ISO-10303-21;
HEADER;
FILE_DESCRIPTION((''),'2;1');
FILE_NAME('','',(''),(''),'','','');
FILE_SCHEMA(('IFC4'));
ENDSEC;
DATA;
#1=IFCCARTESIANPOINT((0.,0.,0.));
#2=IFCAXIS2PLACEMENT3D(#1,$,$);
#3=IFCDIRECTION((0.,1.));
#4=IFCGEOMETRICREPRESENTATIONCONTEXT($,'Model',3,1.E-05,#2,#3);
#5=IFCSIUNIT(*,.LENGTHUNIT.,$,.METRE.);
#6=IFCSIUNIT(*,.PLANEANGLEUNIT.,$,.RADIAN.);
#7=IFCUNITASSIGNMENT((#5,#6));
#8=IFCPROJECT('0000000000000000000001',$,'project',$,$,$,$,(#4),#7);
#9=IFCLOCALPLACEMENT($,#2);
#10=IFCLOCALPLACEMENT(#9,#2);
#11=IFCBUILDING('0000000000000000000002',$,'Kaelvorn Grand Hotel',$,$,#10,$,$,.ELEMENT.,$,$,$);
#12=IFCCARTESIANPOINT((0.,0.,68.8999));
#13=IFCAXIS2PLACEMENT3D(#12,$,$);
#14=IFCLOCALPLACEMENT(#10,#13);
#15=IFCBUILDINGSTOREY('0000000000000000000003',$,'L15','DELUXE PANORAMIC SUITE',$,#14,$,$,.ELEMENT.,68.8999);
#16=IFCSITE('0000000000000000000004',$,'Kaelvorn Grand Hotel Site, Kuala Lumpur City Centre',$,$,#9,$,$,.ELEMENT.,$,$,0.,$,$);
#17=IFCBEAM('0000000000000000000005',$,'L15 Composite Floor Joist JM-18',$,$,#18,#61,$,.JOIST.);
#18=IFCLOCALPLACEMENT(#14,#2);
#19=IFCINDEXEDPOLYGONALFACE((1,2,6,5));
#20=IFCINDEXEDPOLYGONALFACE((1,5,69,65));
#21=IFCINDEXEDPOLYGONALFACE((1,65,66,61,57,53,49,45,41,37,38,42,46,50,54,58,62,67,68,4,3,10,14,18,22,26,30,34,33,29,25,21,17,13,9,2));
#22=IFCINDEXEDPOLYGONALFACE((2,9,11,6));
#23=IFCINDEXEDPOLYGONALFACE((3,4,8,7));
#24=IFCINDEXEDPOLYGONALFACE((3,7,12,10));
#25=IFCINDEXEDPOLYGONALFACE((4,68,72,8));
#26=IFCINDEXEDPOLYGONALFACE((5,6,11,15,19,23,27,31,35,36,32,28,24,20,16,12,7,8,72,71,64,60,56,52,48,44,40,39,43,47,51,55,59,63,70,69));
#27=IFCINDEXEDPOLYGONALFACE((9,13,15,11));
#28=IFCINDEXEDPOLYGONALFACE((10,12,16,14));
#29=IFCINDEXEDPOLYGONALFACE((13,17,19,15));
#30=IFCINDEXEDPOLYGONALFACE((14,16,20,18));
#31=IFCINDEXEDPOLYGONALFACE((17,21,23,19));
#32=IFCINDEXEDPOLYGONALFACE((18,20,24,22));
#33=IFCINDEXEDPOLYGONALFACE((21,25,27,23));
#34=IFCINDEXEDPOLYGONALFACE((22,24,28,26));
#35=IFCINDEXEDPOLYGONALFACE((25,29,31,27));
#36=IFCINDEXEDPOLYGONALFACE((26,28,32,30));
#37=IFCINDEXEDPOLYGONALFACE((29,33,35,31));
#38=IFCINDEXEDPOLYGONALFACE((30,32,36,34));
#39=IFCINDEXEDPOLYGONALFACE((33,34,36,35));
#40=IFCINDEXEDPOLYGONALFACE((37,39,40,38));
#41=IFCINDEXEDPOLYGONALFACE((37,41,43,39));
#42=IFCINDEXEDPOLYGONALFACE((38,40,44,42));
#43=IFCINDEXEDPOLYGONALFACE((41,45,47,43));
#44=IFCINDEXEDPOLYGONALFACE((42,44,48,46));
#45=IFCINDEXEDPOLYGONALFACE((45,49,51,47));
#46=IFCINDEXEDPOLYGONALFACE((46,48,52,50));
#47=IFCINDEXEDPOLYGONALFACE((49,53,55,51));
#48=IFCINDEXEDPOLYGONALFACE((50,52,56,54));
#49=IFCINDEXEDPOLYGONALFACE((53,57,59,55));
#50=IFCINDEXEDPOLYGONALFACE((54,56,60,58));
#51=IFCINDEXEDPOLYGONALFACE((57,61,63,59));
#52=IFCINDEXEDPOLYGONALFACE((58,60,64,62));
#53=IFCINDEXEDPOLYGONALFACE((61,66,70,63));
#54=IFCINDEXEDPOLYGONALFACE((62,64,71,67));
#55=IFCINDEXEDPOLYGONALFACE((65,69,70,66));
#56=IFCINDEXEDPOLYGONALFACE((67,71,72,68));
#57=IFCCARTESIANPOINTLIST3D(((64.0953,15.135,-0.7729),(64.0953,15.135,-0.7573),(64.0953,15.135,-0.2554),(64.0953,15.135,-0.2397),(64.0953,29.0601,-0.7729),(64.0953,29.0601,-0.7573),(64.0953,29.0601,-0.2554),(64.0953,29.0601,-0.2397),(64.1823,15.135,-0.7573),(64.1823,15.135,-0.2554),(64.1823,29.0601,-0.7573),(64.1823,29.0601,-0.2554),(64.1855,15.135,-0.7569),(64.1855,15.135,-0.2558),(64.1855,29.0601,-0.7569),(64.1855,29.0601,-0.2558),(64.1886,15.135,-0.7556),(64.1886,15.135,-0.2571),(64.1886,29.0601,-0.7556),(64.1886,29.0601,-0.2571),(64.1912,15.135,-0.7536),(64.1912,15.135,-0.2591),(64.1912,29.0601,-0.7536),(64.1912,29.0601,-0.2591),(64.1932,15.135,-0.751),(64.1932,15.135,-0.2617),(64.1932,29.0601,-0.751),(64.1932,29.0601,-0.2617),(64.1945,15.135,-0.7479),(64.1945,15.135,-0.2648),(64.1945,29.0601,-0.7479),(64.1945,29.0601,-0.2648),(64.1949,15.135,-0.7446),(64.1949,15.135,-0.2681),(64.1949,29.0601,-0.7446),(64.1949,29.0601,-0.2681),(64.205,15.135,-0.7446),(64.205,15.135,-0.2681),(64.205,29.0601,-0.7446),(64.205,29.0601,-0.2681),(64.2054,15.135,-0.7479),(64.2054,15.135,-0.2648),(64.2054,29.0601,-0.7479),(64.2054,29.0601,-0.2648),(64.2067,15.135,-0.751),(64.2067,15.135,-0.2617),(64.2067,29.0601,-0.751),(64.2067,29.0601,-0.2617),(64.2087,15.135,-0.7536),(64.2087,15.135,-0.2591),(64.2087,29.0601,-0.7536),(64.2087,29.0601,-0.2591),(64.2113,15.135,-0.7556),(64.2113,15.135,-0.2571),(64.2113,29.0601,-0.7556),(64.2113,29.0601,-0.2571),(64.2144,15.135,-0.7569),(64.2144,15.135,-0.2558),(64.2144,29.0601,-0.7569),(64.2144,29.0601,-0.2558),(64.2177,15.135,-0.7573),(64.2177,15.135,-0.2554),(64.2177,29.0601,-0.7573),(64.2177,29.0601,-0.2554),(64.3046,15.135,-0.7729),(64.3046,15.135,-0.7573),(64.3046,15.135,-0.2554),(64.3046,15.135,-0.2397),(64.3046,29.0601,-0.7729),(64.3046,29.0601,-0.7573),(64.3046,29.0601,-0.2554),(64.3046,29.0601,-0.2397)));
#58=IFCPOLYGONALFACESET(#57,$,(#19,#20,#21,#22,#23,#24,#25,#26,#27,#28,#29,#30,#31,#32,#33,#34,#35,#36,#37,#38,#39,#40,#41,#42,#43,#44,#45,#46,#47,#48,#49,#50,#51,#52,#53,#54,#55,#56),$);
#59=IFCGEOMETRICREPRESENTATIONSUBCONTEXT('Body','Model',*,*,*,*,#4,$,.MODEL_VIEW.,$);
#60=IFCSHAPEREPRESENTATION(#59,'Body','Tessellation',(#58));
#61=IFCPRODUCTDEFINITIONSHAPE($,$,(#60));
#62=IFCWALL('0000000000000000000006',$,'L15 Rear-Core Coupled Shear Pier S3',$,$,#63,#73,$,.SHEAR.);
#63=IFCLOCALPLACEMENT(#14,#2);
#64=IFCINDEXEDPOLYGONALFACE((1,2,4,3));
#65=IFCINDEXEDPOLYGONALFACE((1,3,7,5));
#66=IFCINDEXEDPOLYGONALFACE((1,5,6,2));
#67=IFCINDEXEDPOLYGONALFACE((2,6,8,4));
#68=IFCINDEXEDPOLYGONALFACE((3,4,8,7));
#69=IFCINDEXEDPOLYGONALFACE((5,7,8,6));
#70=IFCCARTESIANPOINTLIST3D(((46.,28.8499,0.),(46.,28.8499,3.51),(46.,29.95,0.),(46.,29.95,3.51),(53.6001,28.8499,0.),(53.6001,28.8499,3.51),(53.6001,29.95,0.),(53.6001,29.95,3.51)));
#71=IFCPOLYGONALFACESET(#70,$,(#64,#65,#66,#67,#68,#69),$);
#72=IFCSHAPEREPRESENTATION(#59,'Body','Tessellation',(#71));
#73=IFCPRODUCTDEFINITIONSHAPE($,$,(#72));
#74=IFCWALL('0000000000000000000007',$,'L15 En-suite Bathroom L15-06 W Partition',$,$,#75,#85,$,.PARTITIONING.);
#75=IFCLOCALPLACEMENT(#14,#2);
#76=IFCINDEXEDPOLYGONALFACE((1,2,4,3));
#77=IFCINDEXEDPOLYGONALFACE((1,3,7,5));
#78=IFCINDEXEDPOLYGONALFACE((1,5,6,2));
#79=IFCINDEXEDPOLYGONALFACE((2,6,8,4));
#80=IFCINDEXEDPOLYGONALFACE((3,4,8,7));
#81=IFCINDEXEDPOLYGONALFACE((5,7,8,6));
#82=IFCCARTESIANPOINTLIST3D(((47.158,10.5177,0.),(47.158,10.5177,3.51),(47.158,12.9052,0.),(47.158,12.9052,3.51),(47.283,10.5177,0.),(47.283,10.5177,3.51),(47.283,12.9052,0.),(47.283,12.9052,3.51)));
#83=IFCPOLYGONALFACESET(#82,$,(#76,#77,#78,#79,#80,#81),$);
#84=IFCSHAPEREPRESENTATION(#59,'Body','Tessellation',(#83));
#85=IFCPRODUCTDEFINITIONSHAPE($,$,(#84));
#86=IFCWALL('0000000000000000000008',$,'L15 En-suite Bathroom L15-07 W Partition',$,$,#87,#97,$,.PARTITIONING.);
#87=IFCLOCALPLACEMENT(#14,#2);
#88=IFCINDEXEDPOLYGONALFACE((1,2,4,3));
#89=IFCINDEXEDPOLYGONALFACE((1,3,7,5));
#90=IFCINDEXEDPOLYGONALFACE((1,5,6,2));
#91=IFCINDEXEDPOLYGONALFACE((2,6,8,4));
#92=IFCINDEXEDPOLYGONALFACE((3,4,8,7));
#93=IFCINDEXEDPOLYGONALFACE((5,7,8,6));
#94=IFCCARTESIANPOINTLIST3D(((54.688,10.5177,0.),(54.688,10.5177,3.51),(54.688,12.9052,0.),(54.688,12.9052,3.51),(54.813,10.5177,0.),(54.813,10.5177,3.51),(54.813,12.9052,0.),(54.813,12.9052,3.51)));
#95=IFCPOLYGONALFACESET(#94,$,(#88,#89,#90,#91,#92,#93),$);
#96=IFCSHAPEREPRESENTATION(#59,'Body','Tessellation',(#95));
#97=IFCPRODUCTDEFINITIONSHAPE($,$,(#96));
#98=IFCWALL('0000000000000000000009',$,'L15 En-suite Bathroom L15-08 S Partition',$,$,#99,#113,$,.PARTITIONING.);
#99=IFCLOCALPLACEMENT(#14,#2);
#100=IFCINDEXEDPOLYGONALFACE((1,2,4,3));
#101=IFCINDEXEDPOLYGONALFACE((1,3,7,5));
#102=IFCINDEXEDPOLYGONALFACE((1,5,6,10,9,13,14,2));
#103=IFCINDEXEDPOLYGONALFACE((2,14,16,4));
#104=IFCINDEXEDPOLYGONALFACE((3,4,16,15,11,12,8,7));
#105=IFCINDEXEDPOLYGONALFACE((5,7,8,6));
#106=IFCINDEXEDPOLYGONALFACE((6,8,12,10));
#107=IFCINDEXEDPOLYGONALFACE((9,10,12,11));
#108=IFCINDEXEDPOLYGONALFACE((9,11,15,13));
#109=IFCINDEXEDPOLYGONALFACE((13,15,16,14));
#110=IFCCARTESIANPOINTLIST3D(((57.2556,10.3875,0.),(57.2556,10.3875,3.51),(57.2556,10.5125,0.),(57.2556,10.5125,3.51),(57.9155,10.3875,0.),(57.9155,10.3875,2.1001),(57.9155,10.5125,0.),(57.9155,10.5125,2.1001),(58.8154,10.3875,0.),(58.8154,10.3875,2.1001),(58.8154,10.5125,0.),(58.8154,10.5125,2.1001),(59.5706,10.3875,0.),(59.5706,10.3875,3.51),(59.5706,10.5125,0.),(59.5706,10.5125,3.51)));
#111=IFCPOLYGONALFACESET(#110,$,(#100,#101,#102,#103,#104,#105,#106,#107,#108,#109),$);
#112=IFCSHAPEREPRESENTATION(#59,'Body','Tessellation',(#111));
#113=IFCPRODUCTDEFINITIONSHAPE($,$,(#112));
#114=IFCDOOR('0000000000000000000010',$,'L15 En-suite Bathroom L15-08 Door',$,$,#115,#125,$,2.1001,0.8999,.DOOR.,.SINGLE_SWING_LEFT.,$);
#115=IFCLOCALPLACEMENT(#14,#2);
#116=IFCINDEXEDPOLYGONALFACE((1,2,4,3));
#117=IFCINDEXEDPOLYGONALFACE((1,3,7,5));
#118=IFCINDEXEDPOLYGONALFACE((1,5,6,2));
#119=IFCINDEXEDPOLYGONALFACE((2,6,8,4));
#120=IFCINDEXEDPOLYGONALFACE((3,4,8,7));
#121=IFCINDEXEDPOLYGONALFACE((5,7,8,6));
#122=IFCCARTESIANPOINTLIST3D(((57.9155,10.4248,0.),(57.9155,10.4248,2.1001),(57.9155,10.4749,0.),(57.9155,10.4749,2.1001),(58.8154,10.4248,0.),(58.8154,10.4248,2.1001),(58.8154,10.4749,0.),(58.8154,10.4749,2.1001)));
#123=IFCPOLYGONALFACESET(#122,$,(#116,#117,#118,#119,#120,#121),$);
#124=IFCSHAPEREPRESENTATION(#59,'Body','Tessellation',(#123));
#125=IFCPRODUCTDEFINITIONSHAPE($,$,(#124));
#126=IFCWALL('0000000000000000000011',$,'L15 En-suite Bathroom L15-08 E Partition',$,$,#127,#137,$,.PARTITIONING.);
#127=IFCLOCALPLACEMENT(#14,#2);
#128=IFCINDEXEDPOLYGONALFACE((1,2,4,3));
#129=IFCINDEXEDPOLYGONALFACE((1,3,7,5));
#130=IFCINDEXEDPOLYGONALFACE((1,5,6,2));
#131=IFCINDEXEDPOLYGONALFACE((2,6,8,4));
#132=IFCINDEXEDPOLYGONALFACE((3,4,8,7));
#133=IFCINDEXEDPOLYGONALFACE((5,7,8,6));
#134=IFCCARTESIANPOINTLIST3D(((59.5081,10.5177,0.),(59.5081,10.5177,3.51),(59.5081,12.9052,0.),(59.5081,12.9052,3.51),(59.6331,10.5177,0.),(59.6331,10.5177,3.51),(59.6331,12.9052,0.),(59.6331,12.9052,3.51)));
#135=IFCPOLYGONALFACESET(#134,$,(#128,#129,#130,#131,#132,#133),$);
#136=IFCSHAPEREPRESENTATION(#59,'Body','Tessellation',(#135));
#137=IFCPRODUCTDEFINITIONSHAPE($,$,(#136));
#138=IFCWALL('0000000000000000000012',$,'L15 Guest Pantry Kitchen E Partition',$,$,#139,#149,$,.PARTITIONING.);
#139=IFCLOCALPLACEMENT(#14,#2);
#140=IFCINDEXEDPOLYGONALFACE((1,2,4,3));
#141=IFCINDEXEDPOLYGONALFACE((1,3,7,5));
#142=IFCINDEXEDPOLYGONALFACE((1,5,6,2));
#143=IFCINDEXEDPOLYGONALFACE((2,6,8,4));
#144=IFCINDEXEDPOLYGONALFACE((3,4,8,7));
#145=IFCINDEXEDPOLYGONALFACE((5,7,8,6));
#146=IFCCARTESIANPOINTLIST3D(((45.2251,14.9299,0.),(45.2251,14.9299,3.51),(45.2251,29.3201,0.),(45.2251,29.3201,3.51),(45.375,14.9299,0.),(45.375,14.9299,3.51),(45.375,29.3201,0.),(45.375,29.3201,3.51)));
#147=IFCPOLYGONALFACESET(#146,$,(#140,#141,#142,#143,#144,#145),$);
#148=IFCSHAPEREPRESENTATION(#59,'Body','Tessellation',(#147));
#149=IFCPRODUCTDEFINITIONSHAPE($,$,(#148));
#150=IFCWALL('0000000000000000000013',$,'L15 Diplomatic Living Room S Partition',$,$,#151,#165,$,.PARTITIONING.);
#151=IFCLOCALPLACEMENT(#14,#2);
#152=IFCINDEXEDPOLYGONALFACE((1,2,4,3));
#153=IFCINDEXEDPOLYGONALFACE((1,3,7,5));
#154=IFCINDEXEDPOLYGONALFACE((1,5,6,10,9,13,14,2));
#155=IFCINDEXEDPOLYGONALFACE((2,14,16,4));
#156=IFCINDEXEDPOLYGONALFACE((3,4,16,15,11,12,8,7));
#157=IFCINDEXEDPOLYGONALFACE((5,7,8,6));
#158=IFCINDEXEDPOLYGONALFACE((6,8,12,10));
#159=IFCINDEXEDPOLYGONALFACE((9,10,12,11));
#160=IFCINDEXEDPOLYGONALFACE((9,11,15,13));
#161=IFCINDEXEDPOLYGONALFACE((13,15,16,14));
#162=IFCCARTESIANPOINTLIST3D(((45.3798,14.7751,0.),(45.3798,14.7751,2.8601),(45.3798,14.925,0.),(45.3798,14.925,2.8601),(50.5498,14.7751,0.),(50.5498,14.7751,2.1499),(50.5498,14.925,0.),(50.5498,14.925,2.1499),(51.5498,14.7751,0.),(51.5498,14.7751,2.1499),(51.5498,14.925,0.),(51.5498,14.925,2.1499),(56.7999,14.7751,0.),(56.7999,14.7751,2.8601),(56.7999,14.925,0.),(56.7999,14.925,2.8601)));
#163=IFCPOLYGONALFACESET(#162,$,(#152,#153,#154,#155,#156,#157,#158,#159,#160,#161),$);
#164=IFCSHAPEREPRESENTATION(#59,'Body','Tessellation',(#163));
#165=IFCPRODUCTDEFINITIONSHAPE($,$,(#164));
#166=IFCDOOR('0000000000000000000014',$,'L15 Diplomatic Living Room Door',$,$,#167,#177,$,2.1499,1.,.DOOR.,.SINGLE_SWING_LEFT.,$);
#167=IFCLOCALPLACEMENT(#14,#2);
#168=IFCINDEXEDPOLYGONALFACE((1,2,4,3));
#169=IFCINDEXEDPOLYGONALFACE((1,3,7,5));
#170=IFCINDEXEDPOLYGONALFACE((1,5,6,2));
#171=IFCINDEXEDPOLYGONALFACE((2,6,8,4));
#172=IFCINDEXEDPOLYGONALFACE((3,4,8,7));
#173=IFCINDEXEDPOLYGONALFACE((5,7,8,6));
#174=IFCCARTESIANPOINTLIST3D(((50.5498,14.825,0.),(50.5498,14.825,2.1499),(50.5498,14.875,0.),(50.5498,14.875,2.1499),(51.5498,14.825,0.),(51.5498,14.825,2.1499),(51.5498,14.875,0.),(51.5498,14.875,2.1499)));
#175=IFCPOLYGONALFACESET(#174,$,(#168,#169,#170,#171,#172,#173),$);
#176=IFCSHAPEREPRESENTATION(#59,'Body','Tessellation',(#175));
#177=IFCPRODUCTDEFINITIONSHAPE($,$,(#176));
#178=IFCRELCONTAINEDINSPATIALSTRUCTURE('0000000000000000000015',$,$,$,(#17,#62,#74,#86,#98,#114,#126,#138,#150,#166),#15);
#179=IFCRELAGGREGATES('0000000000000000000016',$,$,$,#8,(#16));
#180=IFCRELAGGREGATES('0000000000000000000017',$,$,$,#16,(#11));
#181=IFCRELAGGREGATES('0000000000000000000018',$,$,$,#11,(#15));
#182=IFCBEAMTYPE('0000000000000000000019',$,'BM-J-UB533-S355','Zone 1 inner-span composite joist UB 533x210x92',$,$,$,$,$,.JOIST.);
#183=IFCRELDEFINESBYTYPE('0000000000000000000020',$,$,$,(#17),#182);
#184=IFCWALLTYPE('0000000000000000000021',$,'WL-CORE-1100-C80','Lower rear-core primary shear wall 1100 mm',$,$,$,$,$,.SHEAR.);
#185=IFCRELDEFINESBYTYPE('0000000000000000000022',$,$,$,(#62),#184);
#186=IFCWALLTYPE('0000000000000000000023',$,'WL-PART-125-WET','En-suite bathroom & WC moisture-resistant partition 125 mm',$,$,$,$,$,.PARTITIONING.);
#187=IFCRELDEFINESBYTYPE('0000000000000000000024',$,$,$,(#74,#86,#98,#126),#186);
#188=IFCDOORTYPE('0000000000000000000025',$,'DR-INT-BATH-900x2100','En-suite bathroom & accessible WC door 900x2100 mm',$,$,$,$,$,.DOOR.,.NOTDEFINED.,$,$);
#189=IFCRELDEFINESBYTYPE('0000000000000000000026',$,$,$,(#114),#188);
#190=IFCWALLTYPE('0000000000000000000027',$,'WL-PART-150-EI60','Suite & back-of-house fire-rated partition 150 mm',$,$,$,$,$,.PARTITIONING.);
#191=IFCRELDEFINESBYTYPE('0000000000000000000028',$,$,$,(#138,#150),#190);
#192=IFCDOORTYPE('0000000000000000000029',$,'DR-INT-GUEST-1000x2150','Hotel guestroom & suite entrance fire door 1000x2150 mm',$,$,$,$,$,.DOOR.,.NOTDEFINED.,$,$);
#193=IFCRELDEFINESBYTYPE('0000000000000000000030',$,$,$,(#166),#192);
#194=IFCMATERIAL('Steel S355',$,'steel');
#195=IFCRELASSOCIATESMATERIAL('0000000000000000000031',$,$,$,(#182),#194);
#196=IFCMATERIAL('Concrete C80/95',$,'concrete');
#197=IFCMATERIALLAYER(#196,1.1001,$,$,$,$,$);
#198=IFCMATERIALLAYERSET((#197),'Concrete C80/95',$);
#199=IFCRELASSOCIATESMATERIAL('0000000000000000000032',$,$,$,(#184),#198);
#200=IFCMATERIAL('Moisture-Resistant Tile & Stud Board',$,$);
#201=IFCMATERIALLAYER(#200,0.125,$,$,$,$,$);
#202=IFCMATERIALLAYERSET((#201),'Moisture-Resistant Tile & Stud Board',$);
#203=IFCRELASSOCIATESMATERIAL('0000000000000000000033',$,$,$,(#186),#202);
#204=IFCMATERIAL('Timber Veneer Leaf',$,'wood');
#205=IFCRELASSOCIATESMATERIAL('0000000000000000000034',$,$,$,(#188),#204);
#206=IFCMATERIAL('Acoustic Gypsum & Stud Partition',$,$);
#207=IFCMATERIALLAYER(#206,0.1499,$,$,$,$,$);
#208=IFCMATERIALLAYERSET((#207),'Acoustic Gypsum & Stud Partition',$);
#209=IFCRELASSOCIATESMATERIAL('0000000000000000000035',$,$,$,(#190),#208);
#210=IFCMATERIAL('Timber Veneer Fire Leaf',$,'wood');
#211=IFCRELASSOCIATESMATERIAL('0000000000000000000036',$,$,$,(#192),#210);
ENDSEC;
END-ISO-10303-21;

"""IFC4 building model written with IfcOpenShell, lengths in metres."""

from ifc_helpers import new_model, si_unit, direction, frame, frame_2d, origin, origin_2d, place, context, subcontext, project, spatial, rectangle, i_section, extrude, material, layer, layer_set, material_profile, profile_set, type_object, element, fill, save


model = new_model("IFC4")

# Units and contexts
model_context = context("Model", 3, precision=1e-05, world=origin(), true_north=direction((0.0, 1.0)))
body_context = subcontext(model_context, "Body", "Model", "MODEL_VIEW")
ifc_project = project(units=[si_unit("LENGTHUNIT", "METRE"), si_unit("PLANEANGLEUNIT", "RADIAN")], contexts=[model_context])

# Site, building, storey
site_placement = place(None, origin())
site = spatial("IfcSite", under=ifc_project, at=site_placement, Name="Kaelvorn Grand Hotel Site, Kuala Lumpur City Centre", CompositionType="ELEMENT", RefElevation=0.0)
building_placement = place(site_placement, origin())
building = spatial("IfcBuilding", under=site, at=building_placement, Name="Kaelvorn Grand Hotel", CompositionType="ELEMENT")
storey_placement = place(building_placement, frame((0.0, 0.0, 68.8999)))
storey = spatial("IfcBuildingStorey", under=building, at=storey_placement, Name="L15", Description="DELUXE PANORAMIC SUITE", CompositionType="ELEMENT", Elevation=68.8999)

# Shared definitions
ifc_material_1 = material(Name="Concrete C80/95", Category="concrete")

# Beam
ifc_material_2 = material(Name="Steel S355", Category="steel")
ifc_material_profile_1 = material_profile(ifc_material_2, i_section(OverallWidth=0.2092, OverallDepth=0.5332, WebThickness=0.01, FlangeThickness=0.0156, FilletRadius=0.0127, at=origin_2d()), Name="UB 533x210x92")
ifc_profile_set_1 = profile_set([ifc_material_profile_1], Name="Steel S355")
beam_type_1 = type_object("IfcBeamType", Name="BM-J-UB533-S355", Description="Zone 1 inner-span composite joist UB 533x210x92", PredefinedType="JOIST", material=ifc_profile_set_1)
beam_1_placement = place(storey_placement, frame((64.2, 15.135, -0.5063), z_axis=(0.0, 1.0, 0.0), x_axis=(-1.0, 0.0, 0.0)))
element("IfcBeam", 1, at=beam_1_placement, inside=storey, type_object=beam_type_1, Name="L15 Composite Floor Joist JM-18", PredefinedType="JOIST", context=body_context, shape_type="SweptSolid", body=[
    extrude(i_section(OverallWidth=0.2092, OverallDepth=0.5332, WebThickness=0.01, FlangeThickness=0.0156, FilletRadius=0.0127, at=origin_2d()), origin(), (0.0, 0.0, 1.0), 13.925),
])

# Walls
ifc_layer_1 = layer(ifc_material_1, 1.1001)
ifc_layer_set_1 = layer_set([ifc_layer_1], Name="Concrete C80/95")
wall_type_1 = type_object("IfcWallType", Name="WL-CORE-1100-C80", Description="Lower rear-core primary shear wall 1100 mm", PredefinedType="SHEAR", material=ifc_layer_set_1)
wall_1_placement = place(storey_placement, frame((46.0, 29.3999, 0.0), z_axis=(0.0, 0.0, 1.0), x_axis=(1.0, 0.0, 0.0)))
element("IfcWall", 2, at=wall_1_placement, inside=storey, type_object=wall_type_1, Name="L15 Rear-Core Coupled Shear Pier S3", PredefinedType="SHEAR", context=body_context, shape_type="SweptSolid", body=[
    extrude(rectangle(XDim=7.6001, YDim=1.1001, at=frame_2d((3.8, 0.0))), origin(), (0.0, 0.0, 1.0), 3.51),
])
ifc_material_3 = material(Name="Moisture-Resistant Tile & Stud Board")
ifc_layer_2 = layer(ifc_material_3, 0.125)
ifc_layer_set_2 = layer_set([ifc_layer_2], Name="Moisture-Resistant Tile & Stud Board")
wall_type_2 = type_object("IfcWallType", Name="WL-PART-125-WET", Description="En-suite bathroom & WC moisture-resistant partition 125 mm", PredefinedType="PARTITIONING", material=ifc_layer_set_2)
for number, where, z_axis, x_axis, name in (
    (3, (47.2205, 10.5176, 0.0), (0.0, 0.0, 1.0), (0.0, 1.0, 0.0), "L15 En-suite Bathroom L15-06 W Partition"),
    (4, (54.7505, 10.5176, 0.0), (0.0, 0.0, 1.0), (0.0, 1.0, 0.0), "L15 En-suite Bathroom L15-07 W Partition"),
):
    element("IfcWall", number, at=place(storey_placement, frame(where, z_axis=z_axis, x_axis=x_axis)), inside=storey, type_object=wall_type_2, Name=name, PredefinedType="PARTITIONING", context=body_context, shape_type="SweptSolid", body=[
        extrude(rectangle(XDim=2.3875, YDim=0.125, at=frame_2d((1.1938, 0.0))), origin(), (0.0, 0.0, 1.0), 3.51),
    ])

# Wall, opening, door
wall_2_placement = place(storey_placement, frame((57.2556, 10.45, 0.0), z_axis=(0.0, 0.0, 1.0), x_axis=(1.0, 0.0, 0.0)))
wall_2 = element("IfcWall", 5, at=wall_2_placement, inside=storey, type_object=wall_type_2, Name="L15 En-suite Bathroom L15-08 S Partition", PredefinedType="PARTITIONING", context=body_context, shape_type="SweptSolid", body=[
    extrude(rectangle(XDim=2.3149, YDim=0.125, at=frame_2d((1.1575, 0.0))), origin(), (0.0, 0.0, 1.0), 3.51),
])
opening_1_placement = place(wall_2_placement, frame((0.6599, 0.0, 0.0)))
opening_1 = element("IfcOpeningElement", 6, at=opening_1_placement, cuts=wall_2, PredefinedType="OPENING", context=body_context, shape_type="SweptSolid", body=[
    extrude(rectangle(XDim=0.8999, YDim=2.1001, at=frame_2d((0.45, 1.05))), frame((0.0, 0.0725, 0.0), z_axis=(0.0, -1.0, 0.0), x_axis=(1.0, 0.0, 0.0)), (0.0, 0.0, 1.0), 0.145),
])
ifc_material_4 = material(Name="Timber Veneer Leaf", Category="wood")
door_type_1 = type_object("IfcDoorType", Name="DR-INT-BATH-900x2100", Description="En-suite bathroom & accessible WC door 900x2100 mm", OperationType="NOTDEFINED", PredefinedType="DOOR", material=ifc_material_4)
door_1_placement = place(opening_1_placement, origin())
door_1 = element("IfcDoor", 7, at=door_1_placement, inside=storey, type_object=door_type_1, Name="L15 En-suite Bathroom L15-08 Door", OperationType="SINGLE_SWING_LEFT", OverallHeight=2.1001, OverallWidth=0.8999, PredefinedType="DOOR", context=body_context, shape_type="SweptSolid", body=[
    extrude(rectangle(XDim=0.8999, YDim=2.1001, at=frame_2d((0.45, 1.05))), frame((0.0, 0.0249, 0.0), z_axis=(0.0, -1.0, 0.0), x_axis=(1.0, 0.0, 0.0)), (0.0, 0.0, 1.0), 0.05),
])
fill(opening_1, door_1)

# Walls
wall_3_placement = place(storey_placement, frame((59.5706, 10.5176, 0.0), z_axis=(0.0, 0.0, 1.0), x_axis=(0.0, 1.0, 0.0)))
element("IfcWall", 8, at=wall_3_placement, inside=storey, type_object=wall_type_2, Name="L15 En-suite Bathroom L15-08 E Partition", PredefinedType="PARTITIONING", context=body_context, shape_type="SweptSolid", body=[
    extrude(rectangle(XDim=2.3875, YDim=0.125, at=frame_2d((1.1938, 0.0))), origin(), (0.0, 0.0, 1.0), 3.51),
])
ifc_material_5 = material(Name="Acoustic Gypsum & Stud Partition")
ifc_layer_3 = layer(ifc_material_5, 0.1499)
ifc_layer_set_3 = layer_set([ifc_layer_3], Name="Acoustic Gypsum & Stud Partition")
wall_type_3 = type_object("IfcWallType", Name="WL-PART-150-EI60", Description="Suite & back-of-house fire-rated partition 150 mm", PredefinedType="PARTITIONING", material=ifc_layer_set_3)
wall_4_placement = place(storey_placement, frame((45.3, 14.9299, 0.0), z_axis=(0.0, 0.0, 1.0), x_axis=(0.0, 1.0, 0.0)))
element("IfcWall", 9, at=wall_4_placement, inside=storey, type_object=wall_type_3, Name="L15 Guest Pantry Kitchen E Partition", PredefinedType="PARTITIONING", context=body_context, shape_type="SweptSolid", body=[
    extrude(rectangle(XDim=14.3901, YDim=0.1499, at=frame_2d((7.1951, 0.0))), origin(), (0.0, 0.0, 1.0), 3.51),
])

# Wall, opening, door
wall_5_placement = place(storey_placement, frame((45.3799, 14.8501, 0.0), z_axis=(0.0, 0.0, 1.0), x_axis=(1.0, 0.0, 0.0)))
wall_5 = element("IfcWall", 10, at=wall_5_placement, inside=storey, type_object=wall_type_3, Name="L15 Diplomatic Living Room S Partition", PredefinedType="PARTITIONING", context=body_context, shape_type="SweptSolid", body=[
    extrude(rectangle(XDim=11.4202, YDim=0.1499, at=frame_2d((5.71, 0.0))), origin(), (0.0, 0.0, 1.0), 2.8601),
])
opening_2_placement = place(wall_5_placement, frame((5.1699, 0.0, 0.0)))
opening_2 = element("IfcOpeningElement", 11, at=opening_2_placement, cuts=wall_5, PredefinedType="OPENING", context=body_context, shape_type="SweptSolid", body=[
    extrude(rectangle(XDim=1.0, YDim=2.1499, at=frame_2d((0.5, 1.075))), frame((0.0, 0.085, 0.0), z_axis=(0.0, -1.0, 0.0), x_axis=(1.0, 0.0, 0.0)), (0.0, 0.0, 1.0), 0.1699),
])
ifc_material_6 = material(Name="Timber Veneer Fire Leaf", Category="wood")
door_type_2 = type_object("IfcDoorType", Name="DR-INT-GUEST-1000x2150", Description="Hotel guestroom & suite entrance fire door 1000x2150 mm", OperationType="NOTDEFINED", PredefinedType="DOOR", material=ifc_material_6)
door_2_placement = place(opening_2_placement, origin())
door_2 = element("IfcDoor", 12, at=door_2_placement, inside=storey, type_object=door_type_2, Name="L15 Diplomatic Living Room Door", OperationType="SINGLE_SWING_LEFT", OverallHeight=2.1499, OverallWidth=1.0, PredefinedType="DOOR", context=body_context, shape_type="SweptSolid", body=[
    extrude(rectangle(XDim=1.0, YDim=2.1499, at=frame_2d((0.5, 1.075))), frame((0.0, 0.0249, 0.0), z_axis=(0.0, -1.0, 0.0), x_axis=(1.0, 0.0, 0.0)), (0.0, 0.0, 1.0), 0.05),
])
fill(opening_2, door_2)

save(model, "model.ifc")
